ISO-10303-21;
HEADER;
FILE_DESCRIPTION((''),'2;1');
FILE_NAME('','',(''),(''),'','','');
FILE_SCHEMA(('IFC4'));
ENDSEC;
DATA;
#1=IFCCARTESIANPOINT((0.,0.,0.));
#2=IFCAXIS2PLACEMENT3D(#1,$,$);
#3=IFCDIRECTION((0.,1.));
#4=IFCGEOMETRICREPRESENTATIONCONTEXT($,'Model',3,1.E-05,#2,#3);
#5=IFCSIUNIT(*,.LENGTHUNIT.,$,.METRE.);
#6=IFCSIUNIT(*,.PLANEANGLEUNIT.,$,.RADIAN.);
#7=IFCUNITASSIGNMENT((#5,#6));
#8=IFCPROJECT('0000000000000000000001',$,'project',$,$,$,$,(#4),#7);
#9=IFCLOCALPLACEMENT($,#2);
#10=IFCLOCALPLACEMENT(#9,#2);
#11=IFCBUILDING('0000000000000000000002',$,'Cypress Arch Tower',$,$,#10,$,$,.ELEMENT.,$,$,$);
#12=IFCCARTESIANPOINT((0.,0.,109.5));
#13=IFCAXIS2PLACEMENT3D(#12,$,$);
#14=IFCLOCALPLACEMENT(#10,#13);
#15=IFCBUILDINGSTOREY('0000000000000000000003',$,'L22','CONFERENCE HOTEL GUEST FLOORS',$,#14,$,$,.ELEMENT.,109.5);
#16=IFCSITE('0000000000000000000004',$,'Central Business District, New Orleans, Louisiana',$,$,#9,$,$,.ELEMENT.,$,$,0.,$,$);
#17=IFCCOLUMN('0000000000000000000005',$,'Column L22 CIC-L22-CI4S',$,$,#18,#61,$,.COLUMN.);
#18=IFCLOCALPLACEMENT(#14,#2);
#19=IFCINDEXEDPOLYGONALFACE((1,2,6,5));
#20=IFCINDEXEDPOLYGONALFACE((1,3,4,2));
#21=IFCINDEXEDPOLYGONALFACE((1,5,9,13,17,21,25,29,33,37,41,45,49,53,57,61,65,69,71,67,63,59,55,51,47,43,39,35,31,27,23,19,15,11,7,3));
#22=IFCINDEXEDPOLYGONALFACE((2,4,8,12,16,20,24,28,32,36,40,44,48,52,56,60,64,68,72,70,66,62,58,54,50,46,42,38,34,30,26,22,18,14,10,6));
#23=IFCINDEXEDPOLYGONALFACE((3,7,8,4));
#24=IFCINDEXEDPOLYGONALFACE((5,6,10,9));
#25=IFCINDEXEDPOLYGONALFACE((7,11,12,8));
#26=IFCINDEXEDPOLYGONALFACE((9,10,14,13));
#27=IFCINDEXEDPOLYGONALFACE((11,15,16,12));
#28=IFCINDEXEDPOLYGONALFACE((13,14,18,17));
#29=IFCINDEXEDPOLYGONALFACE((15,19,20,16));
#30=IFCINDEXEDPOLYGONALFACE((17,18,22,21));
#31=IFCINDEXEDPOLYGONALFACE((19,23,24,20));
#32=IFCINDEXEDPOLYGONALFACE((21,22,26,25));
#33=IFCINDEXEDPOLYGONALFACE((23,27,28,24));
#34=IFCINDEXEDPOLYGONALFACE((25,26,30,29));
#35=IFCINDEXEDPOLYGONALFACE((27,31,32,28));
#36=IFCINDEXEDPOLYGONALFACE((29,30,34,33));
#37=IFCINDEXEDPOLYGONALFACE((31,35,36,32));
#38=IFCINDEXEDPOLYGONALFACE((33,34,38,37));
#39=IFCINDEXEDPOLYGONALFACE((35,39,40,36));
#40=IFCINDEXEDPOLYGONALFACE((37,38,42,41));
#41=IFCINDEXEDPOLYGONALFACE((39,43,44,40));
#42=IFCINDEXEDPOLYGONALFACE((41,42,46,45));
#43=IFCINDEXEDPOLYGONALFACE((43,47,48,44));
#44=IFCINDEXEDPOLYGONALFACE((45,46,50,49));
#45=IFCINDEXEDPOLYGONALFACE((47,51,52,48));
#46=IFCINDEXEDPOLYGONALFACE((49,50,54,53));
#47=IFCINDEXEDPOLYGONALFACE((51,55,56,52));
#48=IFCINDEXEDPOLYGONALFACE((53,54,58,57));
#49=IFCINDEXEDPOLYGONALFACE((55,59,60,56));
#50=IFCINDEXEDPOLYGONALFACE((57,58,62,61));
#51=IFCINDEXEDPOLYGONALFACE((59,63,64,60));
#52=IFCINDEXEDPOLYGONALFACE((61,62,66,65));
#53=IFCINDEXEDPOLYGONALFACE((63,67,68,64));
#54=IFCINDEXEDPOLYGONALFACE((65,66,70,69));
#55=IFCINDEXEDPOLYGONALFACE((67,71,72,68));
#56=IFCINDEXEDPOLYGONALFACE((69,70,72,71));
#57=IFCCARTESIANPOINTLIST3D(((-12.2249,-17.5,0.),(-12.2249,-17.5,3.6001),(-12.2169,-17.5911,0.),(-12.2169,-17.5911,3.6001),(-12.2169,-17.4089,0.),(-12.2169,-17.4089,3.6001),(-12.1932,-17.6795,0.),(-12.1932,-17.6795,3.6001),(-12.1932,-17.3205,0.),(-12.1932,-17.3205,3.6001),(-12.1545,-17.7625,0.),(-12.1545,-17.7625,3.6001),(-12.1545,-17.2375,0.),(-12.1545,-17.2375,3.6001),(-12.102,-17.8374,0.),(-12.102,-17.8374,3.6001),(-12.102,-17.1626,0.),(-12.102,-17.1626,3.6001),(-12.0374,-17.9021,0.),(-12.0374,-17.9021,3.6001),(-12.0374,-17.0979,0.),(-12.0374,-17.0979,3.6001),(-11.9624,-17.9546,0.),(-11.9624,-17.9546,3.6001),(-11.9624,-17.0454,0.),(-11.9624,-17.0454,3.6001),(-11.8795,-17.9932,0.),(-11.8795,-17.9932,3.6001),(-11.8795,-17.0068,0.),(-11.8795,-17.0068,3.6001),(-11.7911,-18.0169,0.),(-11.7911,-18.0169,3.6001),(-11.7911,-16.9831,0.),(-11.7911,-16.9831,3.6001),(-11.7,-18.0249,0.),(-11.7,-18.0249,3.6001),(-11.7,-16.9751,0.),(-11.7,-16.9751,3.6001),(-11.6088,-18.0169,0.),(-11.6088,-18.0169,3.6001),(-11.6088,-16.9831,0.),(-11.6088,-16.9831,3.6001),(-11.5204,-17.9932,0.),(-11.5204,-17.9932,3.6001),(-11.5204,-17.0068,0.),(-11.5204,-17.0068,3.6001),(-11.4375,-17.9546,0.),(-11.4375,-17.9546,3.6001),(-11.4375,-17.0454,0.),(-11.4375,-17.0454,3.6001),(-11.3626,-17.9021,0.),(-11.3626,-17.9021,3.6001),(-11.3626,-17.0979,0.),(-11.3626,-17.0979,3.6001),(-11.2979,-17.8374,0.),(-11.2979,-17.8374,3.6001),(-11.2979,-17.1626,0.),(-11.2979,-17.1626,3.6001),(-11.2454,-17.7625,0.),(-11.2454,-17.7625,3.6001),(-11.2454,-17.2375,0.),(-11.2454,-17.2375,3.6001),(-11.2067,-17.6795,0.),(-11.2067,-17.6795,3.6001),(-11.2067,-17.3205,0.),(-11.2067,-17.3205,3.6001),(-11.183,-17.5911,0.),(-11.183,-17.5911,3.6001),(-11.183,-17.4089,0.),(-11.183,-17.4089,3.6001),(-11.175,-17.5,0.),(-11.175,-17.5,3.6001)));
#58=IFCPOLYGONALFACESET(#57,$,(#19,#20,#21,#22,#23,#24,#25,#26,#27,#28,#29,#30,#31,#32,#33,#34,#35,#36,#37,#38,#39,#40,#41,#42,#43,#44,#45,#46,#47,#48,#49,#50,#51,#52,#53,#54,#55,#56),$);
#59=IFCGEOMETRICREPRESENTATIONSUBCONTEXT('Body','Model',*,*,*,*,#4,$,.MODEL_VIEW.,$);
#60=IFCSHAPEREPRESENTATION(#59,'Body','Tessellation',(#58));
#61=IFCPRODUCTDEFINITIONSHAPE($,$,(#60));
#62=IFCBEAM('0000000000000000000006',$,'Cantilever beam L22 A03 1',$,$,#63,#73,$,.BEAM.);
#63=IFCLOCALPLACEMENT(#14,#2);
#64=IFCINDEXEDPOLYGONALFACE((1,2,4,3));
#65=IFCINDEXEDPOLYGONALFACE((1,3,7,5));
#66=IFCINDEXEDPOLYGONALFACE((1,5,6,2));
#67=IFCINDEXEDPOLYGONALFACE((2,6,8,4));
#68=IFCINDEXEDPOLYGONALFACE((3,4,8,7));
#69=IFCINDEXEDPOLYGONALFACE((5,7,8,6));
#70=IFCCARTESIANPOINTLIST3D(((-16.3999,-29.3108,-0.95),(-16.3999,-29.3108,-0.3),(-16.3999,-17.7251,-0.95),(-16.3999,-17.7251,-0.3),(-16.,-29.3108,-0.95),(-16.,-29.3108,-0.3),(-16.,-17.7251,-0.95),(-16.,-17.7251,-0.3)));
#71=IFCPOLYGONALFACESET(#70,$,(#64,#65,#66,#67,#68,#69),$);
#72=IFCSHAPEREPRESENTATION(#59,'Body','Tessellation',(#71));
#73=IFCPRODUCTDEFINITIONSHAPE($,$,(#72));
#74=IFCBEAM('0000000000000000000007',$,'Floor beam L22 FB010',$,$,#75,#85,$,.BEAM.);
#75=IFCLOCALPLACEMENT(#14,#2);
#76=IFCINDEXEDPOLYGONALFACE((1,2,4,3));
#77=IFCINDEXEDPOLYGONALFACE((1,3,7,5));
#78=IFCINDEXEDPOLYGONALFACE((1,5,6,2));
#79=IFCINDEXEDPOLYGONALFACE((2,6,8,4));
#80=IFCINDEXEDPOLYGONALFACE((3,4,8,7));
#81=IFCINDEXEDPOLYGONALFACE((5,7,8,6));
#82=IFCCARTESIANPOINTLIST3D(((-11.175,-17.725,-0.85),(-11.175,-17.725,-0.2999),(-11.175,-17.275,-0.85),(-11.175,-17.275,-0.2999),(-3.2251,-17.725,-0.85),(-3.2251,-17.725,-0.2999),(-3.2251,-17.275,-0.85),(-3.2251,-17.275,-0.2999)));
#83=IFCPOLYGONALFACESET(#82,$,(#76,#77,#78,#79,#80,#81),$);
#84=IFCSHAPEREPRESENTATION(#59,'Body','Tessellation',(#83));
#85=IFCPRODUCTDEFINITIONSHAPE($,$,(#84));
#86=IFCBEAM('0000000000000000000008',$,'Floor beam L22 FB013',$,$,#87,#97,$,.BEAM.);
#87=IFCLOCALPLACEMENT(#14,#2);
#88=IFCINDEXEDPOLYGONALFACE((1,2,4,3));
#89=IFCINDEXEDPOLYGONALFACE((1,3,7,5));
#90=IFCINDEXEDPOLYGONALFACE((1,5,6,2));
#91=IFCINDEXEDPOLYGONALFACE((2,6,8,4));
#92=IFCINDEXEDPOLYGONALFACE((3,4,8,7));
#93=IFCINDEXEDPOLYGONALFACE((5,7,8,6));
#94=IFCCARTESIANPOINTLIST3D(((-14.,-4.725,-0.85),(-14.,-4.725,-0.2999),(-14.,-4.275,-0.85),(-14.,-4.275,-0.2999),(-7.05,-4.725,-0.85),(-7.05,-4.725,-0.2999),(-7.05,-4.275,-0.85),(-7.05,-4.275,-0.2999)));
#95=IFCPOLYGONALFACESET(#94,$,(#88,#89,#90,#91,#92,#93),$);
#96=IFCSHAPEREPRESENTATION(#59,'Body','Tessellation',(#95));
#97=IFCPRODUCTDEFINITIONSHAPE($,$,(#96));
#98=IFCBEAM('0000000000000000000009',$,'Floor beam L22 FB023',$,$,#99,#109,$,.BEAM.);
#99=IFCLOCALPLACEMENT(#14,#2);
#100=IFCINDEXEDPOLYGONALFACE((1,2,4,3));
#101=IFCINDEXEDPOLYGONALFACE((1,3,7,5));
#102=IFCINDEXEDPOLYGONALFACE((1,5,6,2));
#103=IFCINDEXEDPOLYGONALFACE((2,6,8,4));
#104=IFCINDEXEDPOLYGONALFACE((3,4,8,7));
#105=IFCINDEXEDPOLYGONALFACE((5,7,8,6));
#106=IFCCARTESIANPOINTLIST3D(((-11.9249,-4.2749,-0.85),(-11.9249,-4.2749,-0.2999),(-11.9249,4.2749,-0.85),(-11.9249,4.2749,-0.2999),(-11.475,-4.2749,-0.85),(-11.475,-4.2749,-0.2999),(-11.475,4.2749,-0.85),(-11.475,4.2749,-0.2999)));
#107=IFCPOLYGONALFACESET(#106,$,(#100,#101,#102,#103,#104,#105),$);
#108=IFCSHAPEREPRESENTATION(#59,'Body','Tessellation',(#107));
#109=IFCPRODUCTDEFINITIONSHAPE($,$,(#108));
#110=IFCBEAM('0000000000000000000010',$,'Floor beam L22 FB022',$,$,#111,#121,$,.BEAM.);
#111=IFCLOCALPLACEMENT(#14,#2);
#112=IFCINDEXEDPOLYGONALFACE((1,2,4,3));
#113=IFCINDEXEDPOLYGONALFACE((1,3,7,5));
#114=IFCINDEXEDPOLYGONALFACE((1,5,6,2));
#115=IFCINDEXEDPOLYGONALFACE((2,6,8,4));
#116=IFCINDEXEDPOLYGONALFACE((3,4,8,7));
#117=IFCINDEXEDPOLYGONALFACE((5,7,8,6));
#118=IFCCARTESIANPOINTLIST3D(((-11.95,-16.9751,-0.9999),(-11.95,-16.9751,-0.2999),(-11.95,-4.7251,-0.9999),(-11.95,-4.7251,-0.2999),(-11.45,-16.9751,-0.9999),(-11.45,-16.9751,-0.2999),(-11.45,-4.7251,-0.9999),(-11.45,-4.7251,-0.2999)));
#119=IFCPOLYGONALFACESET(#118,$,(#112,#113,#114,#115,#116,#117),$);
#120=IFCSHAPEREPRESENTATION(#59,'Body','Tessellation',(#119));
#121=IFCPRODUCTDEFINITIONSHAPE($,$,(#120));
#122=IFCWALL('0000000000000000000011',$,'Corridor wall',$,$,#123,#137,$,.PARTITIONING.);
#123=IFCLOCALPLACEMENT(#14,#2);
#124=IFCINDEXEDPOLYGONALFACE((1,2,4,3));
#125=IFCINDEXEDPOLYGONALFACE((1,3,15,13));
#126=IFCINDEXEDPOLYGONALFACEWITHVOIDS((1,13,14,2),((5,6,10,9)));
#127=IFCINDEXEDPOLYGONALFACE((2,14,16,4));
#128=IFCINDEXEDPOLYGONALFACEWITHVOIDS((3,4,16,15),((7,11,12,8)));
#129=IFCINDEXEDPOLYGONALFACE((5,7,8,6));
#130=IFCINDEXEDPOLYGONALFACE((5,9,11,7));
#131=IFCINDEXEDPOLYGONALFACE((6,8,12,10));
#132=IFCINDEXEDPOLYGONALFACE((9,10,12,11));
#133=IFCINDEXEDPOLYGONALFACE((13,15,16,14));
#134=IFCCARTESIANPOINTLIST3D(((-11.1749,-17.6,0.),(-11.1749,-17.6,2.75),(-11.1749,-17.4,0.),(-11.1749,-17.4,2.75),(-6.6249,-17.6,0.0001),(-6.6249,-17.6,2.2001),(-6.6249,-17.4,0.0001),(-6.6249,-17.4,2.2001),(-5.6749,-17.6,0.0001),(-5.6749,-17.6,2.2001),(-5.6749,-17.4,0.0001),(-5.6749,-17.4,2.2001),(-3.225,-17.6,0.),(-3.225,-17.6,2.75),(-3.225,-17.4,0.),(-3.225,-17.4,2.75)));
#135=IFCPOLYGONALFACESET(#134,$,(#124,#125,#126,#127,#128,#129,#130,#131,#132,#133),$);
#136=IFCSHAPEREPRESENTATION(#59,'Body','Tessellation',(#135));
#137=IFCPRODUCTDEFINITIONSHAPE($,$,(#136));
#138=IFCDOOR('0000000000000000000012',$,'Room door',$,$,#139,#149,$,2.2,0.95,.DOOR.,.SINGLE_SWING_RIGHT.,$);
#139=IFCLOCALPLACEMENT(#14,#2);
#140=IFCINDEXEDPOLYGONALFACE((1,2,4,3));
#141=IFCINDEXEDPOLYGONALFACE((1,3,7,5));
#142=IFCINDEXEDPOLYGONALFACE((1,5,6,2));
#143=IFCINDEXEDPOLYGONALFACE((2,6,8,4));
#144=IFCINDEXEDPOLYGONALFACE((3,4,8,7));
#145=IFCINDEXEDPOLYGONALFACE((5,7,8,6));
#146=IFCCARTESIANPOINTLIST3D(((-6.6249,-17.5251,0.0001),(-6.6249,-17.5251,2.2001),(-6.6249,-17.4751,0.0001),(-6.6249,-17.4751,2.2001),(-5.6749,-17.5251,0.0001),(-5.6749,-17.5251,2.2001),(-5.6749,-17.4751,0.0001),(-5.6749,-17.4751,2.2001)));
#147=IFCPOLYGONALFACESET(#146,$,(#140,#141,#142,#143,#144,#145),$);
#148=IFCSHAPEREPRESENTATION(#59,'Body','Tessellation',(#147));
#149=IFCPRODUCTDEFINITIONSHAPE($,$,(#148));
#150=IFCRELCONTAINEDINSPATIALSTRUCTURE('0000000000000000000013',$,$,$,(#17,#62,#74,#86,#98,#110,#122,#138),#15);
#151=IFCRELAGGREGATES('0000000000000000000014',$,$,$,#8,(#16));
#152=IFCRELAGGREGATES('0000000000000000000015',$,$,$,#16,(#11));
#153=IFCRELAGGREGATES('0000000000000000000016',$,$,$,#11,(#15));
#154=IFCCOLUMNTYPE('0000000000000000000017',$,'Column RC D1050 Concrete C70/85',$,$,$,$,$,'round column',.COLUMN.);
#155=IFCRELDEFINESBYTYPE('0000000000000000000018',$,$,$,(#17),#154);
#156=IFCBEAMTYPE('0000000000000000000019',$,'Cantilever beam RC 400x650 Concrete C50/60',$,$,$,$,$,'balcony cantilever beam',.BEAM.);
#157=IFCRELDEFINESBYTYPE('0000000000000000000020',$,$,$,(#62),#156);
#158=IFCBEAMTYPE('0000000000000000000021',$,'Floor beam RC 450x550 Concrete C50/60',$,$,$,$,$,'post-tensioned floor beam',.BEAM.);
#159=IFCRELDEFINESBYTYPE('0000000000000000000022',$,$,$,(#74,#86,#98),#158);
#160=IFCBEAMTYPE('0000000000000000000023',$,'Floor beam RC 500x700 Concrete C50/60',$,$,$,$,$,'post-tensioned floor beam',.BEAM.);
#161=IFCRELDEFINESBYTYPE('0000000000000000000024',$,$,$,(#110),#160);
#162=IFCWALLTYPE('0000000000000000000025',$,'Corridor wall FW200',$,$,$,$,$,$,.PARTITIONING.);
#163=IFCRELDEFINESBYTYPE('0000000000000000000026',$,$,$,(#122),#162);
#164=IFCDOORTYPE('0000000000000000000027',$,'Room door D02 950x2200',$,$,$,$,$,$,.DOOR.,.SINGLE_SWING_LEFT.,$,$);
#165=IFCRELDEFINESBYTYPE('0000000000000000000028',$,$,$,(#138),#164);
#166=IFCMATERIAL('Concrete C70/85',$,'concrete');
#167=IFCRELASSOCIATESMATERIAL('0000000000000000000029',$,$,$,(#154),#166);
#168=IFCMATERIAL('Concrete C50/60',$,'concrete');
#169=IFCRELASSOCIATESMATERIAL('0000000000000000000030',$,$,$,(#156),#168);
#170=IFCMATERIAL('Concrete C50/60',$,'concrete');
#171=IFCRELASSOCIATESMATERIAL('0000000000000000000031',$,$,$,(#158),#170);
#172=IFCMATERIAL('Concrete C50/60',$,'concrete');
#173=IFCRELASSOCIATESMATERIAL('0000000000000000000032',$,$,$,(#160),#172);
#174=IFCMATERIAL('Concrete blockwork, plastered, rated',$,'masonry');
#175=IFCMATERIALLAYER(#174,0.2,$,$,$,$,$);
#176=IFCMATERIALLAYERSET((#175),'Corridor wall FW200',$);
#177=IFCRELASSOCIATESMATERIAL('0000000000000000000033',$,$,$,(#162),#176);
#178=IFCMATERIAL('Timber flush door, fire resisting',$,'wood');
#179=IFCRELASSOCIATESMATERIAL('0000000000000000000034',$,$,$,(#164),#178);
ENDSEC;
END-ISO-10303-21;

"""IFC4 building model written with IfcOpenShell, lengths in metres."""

from ifc_helpers import new_model, si_unit, direction, frame, frame_2d, origin, origin_2d, place, context, subcontext, project, spatial, rectangle, circle, extrude, material, layer, layer_set, material_profile, profile_set, type_object, element, fill, save


model = new_model("IFC4")

# Units and contexts
model_context = context("Model", 3, precision=1e-05, world=origin(), true_north=direction((0.0, 1.0)))
body_context = subcontext(model_context, "Body", "Model", "MODEL_VIEW")
ifc_project = project(units=[si_unit("LENGTHUNIT", "METRE"), si_unit("PLANEANGLEUNIT", "RADIAN")], contexts=[model_context])

# Site, building, storey
site_placement = place(None, origin())
site = spatial("IfcSite", under=ifc_project, at=site_placement, Name="Central Business District, New Orleans, Louisiana", CompositionType="ELEMENT", RefElevation=0.0)
building_placement = place(site_placement, origin())
building = spatial("IfcBuilding", under=site, at=building_placement, Name="Cypress Arch Tower", CompositionType="ELEMENT")
storey_placement = place(building_placement, frame((0.0, 0.0, 109.5)))
storey = spatial("IfcBuildingStorey", under=building, at=storey_placement, Name="L22", Description="CONFERENCE HOTEL GUEST FLOORS", CompositionType="ELEMENT", Elevation=109.5)

# Column
ifc_material_1 = material(Name="Concrete C70/85", Category="concrete")
ifc_material_profile_1 = material_profile(ifc_material_1, circle(Radius=0.5249, at=origin_2d()), Name="RC D1050")
ifc_profile_set_1 = profile_set([ifc_material_profile_1], Name="Concrete C70/85")
column_type = type_object("IfcColumnType", Name="Column RC D1050 Concrete C70/85", ElementType="round column", PredefinedType="COLUMN", material=ifc_profile_set_1)
column_placement = place(storey_placement, frame((-11.7, -17.5, 0.0), z_axis=(0.0, 0.0, 1.0), x_axis=(1.0, 0.0, 0.0)))
element("IfcColumn", 1, at=column_placement, inside=storey, type_object=column_type, Name="Column L22 CIC-L22-CI4S", PredefinedType="COLUMN", context=body_context, shape_type="SweptSolid", body=[
    extrude(circle(Radius=0.5249, at=origin_2d()), origin(), (0.0, 0.0, 1.0), 3.6001),
])

# Beams
ifc_material_2 = material(Name="Concrete C50/60", Category="concrete")
ifc_material_profile_2 = material_profile(ifc_material_2, rectangle(XDim=0.3999, YDim=0.6499, at=origin_2d()), Name="RC 400x650")
ifc_profile_set_2 = profile_set([ifc_material_profile_2], Name="Concrete C50/60")
beam_type_1 = type_object("IfcBeamType", Name="Cantilever beam RC 400x650 Concrete C50/60", ElementType="balcony cantilever beam", PredefinedType="BEAM", material=ifc_profile_set_2)
beam_1_placement = place(storey_placement, frame((-16.2, -17.7251, -0.625), z_axis=(0.0, -1.0, 0.0), x_axis=(1.0, 0.0, 0.0)))
element("IfcBeam", 2, at=beam_1_placement, inside=storey, type_object=beam_type_1, Name="Cantilever beam L22 A03 1", PredefinedType="BEAM", context=body_context, shape_type="SweptSolid", body=[
    extrude(rectangle(XDim=0.3999, YDim=0.6499, at=origin_2d()), origin(), (0.0, 0.0, 1.0), 11.5857),
])
ifc_material_3 = material(Name="Concrete C50/60", Category="concrete")
ifc_material_profile_3 = material_profile(ifc_material_3, rectangle(XDim=0.45, YDim=0.55, at=origin_2d()), Name="RC 450x550")
ifc_profile_set_3 = profile_set([ifc_material_profile_3], Name="Concrete C50/60")
beam_type_2 = type_object("IfcBeamType", Name="Floor beam RC 450x550 Concrete C50/60", ElementType="post-tensioned floor beam", PredefinedType="BEAM", material=ifc_profile_set_3)
beam_2_placement = place(storey_placement, frame((-11.175, -17.5, -0.575), z_axis=(1.0, 0.0, 0.0), x_axis=(0.0, 1.0, 0.0)))
element("IfcBeam", 3, at=beam_2_placement, inside=storey, type_object=beam_type_2, Name="Floor beam L22 FB010", PredefinedType="BEAM", context=body_context, shape_type="SweptSolid", body=[
    extrude(rectangle(XDim=0.45, YDim=0.55, at=origin_2d()), origin(), (0.0, 0.0, 1.0), 7.95),
])
beam_3_placement = place(storey_placement, frame((-14.0, -4.5, -0.575), z_axis=(1.0, 0.0, 0.0), x_axis=(0.0, 1.0, 0.0)))
element("IfcBeam", 4, at=beam_3_placement, inside=storey, type_object=beam_type_2, Name="Floor beam L22 FB013", PredefinedType="BEAM", context=body_context, shape_type="SweptSolid", body=[
    extrude(rectangle(XDim=0.45, YDim=0.55, at=origin_2d()), origin(), (0.0, 0.0, 1.0), 6.95),
])
beam_4_placement = place(storey_placement, frame((-11.7, -4.2749, -0.575), z_axis=(0.0, 1.0, 0.0), x_axis=(-1.0, 0.0, 0.0)))
element("IfcBeam", 5, at=beam_4_placement, inside=storey, type_object=beam_type_2, Name="Floor beam L22 FB023", PredefinedType="BEAM", context=body_context, shape_type="SweptSolid", body=[
    extrude(rectangle(XDim=0.45, YDim=0.55, at=origin_2d()), origin(), (0.0, 0.0, 1.0), 8.5498),
])
ifc_material_4 = material(Name="Concrete C50/60", Category="concrete")
ifc_material_profile_4 = material_profile(ifc_material_4, rectangle(XDim=0.5, YDim=0.7, at=origin_2d()), Name="RC 500x700")
ifc_profile_set_4 = profile_set([ifc_material_profile_4], Name="Concrete C50/60")
beam_type_3 = type_object("IfcBeamType", Name="Floor beam RC 500x700 Concrete C50/60", ElementType="post-tensioned floor beam", PredefinedType="BEAM", material=ifc_profile_set_4)
beam_5_placement = place(storey_placement, frame((-11.7, -16.9751, -0.6499), z_axis=(0.0, 1.0, 0.0), x_axis=(-1.0, 0.0, 0.0)))
element("IfcBeam", 6, at=beam_5_placement, inside=storey, type_object=beam_type_3, Name="Floor beam L22 FB022", PredefinedType="BEAM", context=body_context, shape_type="SweptSolid", body=[
    extrude(rectangle(XDim=0.5, YDim=0.7, at=origin_2d()), origin(), (0.0, 0.0, 1.0), 12.25),
])

# Wall, opening, door
ifc_material_5 = material(Name="Concrete blockwork, plastered, rated", Category="masonry")
ifc_layer_1 = layer(ifc_material_5, 0.2)
ifc_layer_set_1 = layer_set([ifc_layer_1], Name="Corridor wall FW200")
wall_type_1 = type_object("IfcWallType", Name="Corridor wall FW200", PredefinedType="PARTITIONING", material=ifc_layer_set_1)
wall_1_placement = place(storey_placement, frame((-11.175, -17.5, 0.0), z_axis=(0.0, 0.0, 1.0), x_axis=(1.0, 0.0, 0.0)))
wall_1 = element("IfcWall", 7, at=wall_1_placement, inside=storey, type_object=wall_type_1, Name="Corridor wall", PredefinedType="PARTITIONING", context=body_context, shape_type="SweptSolid", body=[
    extrude(rectangle(XDim=7.95, YDim=0.2, at=frame_2d((3.9751, 0.0))), origin(), (0.0, 0.0, 1.0), 2.75),
])
opening_1_placement = place(wall_1_placement, frame((4.55, 0.0, 0.0)))
opening_1 = element("IfcOpeningElement", 8, at=opening_1_placement, cuts=wall_1, PredefinedType="OPENING", context=body_context, shape_type="SweptSolid", body=[
    extrude(rectangle(XDim=0.95, YDim=2.2, at=frame_2d((0.4751, 1.1001))), frame((0.0, 0.1099, 0.0), z_axis=(0.0, -1.0, 0.0), x_axis=(1.0, 0.0, 0.0)), (0.0, 0.0, 1.0), 0.22),
])
ifc_material_6 = material(Name="Timber flush door, fire resisting", Category="wood")
door_type_1 = type_object("IfcDoorType", Name="Room door D02 950x2200", OperationType="SINGLE_SWING_LEFT", PredefinedType="DOOR", material=ifc_material_6)
door_1_placement = place(opening_1_placement, origin())
door_1 = element("IfcDoor", 9, at=door_1_placement, inside=storey, type_object=door_type_1, Name="Room door", OperationType="SINGLE_SWING_RIGHT", OverallHeight=2.2, OverallWidth=0.95, PredefinedType="DOOR", context=body_context, shape_type="SweptSolid", body=[
    extrude(rectangle(XDim=0.95, YDim=2.2, at=frame_2d((0.4751, 1.1001))), frame((0.0, 0.0249, 0.0), z_axis=(0.0, -1.0, 0.0), x_axis=(1.0, 0.0, 0.0)), (0.0, 0.0, 1.0), 0.05),
])
fill(opening_1, door_1)

save(model, "model.ifc")
